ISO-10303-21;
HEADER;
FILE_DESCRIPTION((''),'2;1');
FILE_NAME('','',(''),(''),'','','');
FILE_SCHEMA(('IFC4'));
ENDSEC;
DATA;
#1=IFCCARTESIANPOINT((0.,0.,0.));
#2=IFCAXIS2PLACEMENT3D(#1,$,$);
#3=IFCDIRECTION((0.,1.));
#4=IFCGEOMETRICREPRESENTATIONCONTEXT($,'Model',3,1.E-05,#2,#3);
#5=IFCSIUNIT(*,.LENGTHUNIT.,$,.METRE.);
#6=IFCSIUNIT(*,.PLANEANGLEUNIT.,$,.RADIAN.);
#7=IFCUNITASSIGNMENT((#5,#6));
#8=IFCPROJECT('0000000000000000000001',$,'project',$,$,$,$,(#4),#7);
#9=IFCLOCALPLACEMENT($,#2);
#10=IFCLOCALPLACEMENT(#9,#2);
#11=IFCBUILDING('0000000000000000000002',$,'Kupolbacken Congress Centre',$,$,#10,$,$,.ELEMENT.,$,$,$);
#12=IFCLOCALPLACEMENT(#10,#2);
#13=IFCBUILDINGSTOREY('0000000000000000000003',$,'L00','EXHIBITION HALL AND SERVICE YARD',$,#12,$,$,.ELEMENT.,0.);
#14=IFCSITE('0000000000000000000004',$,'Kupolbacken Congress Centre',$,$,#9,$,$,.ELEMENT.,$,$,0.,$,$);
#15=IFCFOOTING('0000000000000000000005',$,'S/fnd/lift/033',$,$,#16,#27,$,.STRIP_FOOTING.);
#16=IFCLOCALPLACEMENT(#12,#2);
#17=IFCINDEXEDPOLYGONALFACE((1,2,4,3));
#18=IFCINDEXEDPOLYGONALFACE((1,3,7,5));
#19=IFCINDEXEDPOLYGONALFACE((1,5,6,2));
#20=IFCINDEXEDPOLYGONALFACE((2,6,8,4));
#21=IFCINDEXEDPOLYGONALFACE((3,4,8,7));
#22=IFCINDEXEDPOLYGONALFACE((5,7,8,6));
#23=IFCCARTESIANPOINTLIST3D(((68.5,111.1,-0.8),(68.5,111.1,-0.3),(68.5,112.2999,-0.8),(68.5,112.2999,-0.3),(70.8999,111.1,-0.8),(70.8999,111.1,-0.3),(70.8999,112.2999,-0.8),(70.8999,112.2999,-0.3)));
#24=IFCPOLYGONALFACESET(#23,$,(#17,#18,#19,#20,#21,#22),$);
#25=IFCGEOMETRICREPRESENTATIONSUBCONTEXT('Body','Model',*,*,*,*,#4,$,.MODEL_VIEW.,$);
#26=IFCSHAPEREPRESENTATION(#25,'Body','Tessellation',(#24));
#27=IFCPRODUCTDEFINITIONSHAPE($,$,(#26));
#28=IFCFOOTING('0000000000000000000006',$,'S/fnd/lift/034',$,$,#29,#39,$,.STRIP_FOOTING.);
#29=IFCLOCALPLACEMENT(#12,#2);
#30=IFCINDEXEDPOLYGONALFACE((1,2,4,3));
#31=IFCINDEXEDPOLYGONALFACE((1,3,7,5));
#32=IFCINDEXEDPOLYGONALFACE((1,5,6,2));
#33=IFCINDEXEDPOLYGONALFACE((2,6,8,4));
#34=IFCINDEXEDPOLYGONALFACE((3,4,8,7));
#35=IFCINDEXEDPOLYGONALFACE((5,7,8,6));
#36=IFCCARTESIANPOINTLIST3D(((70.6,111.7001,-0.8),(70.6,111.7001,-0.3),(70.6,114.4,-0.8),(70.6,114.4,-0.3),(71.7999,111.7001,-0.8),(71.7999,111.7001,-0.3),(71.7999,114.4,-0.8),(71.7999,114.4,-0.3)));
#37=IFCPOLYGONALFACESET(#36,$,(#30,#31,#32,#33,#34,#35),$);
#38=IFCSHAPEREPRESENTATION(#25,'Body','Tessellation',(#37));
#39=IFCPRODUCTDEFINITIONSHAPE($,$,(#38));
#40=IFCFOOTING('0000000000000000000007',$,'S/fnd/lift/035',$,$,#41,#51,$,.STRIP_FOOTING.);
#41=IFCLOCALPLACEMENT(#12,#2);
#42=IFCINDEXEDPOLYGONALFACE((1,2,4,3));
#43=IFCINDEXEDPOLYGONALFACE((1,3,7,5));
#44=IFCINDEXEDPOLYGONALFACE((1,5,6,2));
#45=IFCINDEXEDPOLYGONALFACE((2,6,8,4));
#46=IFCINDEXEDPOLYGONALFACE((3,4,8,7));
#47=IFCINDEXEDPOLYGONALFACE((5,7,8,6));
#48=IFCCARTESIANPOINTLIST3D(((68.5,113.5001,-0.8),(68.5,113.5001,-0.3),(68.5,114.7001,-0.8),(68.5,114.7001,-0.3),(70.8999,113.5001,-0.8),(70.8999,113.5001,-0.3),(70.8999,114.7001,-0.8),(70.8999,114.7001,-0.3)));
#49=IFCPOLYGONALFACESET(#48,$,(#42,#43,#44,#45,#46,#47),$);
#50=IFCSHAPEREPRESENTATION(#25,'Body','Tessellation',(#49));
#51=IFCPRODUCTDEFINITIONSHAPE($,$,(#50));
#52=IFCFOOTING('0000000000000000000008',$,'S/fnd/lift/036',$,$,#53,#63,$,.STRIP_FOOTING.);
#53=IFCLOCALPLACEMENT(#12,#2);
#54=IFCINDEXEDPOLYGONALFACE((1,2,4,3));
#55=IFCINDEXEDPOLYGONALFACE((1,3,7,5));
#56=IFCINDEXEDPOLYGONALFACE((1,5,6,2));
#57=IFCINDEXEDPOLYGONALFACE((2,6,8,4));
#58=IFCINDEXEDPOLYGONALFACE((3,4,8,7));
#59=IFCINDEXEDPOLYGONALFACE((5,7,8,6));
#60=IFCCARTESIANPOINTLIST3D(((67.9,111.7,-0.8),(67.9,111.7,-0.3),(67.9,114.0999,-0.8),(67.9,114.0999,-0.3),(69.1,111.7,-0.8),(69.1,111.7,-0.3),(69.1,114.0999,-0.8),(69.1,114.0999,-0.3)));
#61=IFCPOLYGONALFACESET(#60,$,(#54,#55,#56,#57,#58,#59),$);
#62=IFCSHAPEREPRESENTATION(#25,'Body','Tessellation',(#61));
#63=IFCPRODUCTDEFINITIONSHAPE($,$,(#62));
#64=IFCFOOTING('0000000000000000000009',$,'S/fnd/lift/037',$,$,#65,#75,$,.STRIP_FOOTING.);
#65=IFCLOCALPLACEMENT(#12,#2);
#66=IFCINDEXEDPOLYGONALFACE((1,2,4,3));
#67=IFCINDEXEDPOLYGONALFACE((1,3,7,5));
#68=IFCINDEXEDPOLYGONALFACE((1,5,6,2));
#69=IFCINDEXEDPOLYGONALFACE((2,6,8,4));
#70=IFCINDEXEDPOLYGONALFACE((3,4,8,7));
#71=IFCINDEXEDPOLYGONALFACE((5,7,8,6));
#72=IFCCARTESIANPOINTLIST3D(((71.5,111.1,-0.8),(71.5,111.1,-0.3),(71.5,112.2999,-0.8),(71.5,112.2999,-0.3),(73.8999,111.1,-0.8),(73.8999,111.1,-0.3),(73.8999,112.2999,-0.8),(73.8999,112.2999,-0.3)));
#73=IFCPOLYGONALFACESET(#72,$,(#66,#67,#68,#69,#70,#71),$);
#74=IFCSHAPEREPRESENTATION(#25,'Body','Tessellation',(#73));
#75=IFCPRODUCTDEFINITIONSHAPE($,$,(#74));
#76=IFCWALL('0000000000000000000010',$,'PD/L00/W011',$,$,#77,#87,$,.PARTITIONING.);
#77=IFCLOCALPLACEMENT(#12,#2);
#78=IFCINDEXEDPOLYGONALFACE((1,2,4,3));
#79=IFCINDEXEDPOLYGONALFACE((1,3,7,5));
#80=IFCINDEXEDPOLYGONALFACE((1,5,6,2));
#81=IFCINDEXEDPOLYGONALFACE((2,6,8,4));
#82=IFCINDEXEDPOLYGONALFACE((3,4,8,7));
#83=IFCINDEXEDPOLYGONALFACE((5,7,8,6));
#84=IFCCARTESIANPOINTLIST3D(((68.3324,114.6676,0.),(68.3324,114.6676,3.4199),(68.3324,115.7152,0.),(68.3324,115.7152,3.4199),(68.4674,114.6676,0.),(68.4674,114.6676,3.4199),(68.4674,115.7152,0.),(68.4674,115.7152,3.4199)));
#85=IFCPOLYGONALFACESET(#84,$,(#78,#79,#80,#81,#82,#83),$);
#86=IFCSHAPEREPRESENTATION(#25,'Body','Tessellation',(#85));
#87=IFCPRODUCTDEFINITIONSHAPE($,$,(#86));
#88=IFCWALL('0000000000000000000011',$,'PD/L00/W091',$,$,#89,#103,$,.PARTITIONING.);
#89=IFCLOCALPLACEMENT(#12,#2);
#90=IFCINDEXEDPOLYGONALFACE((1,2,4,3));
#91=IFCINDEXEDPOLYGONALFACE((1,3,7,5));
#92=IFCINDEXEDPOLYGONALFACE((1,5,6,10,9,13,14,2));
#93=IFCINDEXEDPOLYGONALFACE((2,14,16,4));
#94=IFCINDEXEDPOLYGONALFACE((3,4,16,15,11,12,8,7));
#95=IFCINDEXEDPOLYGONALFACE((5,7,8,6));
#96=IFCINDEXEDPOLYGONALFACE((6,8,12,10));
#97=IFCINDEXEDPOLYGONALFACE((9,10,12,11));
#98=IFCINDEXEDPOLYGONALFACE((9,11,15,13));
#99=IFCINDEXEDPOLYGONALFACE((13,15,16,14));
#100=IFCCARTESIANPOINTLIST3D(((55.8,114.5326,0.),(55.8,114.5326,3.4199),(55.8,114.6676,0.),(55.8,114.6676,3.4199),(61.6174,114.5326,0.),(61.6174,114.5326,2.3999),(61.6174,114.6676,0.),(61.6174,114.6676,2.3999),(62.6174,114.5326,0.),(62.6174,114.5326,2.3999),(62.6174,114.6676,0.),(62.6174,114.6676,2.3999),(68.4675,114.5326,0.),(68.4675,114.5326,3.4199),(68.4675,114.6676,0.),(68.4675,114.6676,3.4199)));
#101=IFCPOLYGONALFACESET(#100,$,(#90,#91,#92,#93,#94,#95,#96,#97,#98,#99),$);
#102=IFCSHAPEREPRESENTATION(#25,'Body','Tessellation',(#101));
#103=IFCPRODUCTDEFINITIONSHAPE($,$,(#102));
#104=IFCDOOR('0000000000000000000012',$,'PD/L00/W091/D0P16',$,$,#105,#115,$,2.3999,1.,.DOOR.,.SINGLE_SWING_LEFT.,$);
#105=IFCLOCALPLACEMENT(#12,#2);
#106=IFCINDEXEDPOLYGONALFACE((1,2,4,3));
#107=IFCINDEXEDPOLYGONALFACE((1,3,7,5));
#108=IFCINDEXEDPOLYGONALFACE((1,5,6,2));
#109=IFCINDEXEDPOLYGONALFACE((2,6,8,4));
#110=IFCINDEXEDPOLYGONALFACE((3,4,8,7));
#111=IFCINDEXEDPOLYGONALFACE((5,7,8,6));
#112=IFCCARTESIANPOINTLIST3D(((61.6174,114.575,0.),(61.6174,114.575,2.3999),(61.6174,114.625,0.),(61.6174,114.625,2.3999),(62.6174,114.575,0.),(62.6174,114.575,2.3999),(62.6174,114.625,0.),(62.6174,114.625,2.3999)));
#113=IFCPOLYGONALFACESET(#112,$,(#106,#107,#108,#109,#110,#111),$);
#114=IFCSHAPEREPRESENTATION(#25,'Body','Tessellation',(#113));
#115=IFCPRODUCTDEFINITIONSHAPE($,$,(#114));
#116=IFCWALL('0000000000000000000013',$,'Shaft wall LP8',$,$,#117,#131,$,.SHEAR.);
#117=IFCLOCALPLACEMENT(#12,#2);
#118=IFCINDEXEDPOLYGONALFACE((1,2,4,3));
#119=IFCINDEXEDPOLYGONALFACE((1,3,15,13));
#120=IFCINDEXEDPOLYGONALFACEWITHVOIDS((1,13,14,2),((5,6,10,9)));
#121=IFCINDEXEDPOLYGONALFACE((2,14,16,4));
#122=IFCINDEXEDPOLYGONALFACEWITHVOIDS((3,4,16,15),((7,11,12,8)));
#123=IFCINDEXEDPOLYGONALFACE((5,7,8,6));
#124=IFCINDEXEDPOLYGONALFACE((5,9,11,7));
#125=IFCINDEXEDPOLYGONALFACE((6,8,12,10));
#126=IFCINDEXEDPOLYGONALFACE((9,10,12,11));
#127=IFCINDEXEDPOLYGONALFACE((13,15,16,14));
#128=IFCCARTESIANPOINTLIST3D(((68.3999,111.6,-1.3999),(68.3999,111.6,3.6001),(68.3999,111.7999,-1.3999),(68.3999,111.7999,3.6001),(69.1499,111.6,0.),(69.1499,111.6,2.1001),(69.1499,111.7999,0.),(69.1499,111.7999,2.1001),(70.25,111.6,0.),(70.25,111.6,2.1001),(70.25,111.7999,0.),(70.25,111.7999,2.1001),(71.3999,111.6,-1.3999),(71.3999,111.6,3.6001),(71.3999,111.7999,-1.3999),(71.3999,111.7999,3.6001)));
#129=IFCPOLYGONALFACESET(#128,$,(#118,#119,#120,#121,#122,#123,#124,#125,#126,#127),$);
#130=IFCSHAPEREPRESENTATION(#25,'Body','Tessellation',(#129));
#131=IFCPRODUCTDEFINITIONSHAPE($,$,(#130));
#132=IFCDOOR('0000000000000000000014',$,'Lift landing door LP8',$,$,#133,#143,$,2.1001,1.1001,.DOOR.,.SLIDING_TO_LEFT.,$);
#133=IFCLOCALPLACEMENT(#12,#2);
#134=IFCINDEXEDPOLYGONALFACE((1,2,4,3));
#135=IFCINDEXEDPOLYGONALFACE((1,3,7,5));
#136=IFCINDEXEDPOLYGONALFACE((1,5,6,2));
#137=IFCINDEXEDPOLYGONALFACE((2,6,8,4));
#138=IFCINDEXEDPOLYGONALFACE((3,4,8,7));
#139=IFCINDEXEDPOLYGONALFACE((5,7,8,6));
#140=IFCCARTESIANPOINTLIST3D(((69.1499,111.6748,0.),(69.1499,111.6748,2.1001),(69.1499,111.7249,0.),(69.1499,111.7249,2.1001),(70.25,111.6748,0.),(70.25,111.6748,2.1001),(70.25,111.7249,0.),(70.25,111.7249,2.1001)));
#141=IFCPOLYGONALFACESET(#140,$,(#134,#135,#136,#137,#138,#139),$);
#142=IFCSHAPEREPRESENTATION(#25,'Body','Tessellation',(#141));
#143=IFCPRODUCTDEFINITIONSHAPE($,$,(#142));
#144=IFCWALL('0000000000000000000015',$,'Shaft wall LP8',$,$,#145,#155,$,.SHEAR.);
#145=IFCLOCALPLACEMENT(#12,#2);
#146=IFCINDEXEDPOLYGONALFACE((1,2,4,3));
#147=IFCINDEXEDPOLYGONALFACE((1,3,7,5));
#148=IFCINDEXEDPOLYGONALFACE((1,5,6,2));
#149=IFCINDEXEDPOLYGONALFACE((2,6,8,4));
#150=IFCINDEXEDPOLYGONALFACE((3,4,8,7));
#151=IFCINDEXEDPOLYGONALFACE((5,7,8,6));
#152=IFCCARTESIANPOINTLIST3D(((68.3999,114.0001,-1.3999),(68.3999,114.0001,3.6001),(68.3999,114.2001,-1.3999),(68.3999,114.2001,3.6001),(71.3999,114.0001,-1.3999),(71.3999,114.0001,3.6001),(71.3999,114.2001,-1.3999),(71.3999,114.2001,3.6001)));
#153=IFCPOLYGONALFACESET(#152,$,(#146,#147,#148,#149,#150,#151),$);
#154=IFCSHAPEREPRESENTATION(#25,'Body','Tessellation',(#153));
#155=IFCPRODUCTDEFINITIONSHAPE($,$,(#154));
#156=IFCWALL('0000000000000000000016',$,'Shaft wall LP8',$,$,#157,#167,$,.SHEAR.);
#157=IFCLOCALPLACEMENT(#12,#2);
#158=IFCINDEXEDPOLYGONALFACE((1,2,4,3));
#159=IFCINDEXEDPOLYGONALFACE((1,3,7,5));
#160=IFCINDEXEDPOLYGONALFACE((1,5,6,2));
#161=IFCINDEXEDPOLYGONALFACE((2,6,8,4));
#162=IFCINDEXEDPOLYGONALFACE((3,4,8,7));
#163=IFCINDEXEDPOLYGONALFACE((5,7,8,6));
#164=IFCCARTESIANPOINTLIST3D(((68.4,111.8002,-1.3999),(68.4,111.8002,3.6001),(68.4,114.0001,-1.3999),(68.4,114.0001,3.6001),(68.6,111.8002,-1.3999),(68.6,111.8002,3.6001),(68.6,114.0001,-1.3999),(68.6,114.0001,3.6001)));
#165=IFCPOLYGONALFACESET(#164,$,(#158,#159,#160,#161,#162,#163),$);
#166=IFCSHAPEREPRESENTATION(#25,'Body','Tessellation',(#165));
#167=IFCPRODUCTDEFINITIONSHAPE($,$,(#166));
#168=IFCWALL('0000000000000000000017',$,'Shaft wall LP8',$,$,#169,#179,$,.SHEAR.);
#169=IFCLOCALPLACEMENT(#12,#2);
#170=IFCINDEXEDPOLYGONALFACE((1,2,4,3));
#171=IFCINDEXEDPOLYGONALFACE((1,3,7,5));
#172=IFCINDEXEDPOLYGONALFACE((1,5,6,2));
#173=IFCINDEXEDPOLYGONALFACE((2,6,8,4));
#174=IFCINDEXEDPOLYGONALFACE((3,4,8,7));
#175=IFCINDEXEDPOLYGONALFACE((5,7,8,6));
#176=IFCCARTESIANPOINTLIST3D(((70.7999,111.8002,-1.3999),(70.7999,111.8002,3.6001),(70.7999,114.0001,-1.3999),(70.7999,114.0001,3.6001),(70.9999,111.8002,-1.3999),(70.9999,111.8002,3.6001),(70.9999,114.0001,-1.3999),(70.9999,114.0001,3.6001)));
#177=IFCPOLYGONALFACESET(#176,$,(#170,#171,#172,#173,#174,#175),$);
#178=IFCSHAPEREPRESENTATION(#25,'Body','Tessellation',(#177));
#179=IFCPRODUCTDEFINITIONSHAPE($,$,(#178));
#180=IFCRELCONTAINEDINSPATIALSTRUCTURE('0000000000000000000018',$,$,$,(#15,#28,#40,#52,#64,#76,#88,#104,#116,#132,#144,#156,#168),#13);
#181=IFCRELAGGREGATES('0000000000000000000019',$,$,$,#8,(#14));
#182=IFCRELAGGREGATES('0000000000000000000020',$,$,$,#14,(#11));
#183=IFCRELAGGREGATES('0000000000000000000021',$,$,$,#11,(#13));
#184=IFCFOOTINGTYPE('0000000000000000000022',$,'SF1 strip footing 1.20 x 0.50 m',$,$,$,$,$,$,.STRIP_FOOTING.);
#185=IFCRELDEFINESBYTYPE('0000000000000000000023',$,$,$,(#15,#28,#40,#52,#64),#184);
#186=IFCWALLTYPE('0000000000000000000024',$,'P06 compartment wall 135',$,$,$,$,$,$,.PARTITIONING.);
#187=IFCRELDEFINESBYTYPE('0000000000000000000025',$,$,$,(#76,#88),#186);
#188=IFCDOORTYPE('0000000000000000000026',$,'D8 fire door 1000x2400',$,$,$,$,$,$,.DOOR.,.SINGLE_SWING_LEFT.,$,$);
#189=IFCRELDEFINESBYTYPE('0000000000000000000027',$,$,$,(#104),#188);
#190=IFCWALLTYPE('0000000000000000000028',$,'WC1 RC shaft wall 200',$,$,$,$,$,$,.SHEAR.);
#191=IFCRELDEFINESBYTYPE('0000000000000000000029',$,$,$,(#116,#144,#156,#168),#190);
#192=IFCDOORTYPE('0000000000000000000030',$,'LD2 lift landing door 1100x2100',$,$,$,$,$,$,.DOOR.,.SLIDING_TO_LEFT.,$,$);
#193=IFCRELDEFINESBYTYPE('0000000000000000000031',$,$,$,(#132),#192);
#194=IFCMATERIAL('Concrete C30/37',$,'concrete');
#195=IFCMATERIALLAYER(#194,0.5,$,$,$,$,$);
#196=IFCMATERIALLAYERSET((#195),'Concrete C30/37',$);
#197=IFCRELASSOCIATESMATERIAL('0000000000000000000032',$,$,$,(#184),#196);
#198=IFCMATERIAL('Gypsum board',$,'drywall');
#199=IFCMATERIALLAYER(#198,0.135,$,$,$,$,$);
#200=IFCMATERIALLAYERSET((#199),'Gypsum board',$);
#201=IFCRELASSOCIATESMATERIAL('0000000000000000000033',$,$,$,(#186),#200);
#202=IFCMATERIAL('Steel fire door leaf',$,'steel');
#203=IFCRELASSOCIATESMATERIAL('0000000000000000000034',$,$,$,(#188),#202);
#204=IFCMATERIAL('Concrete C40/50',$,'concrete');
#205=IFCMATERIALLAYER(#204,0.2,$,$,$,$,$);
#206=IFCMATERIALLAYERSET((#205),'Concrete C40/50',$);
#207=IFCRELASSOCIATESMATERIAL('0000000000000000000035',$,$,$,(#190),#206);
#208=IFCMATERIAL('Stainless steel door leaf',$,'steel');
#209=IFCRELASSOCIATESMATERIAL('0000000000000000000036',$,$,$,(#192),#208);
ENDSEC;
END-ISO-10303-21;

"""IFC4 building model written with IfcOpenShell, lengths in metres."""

from ifc_helpers import new_model, si_unit, direction, frame, frame_2d, origin, origin_2d, place, context, subcontext, project, spatial, rectangle, extrude, material, layer, layer_set, type_object, element, fill, save


model = new_model("IFC4")

# Units and contexts
model_context = context("Model", 3, precision=1e-05, world=origin(), true_north=direction((0.0, 1.0)))
body_context = subcontext(model_context, "Body", "Model", "MODEL_VIEW")
ifc_project = project(units=[si_unit("LENGTHUNIT", "METRE"), si_unit("PLANEANGLEUNIT", "RADIAN")], contexts=[model_context])

# Site, building, storey
site_placement = place(None, origin())
site = spatial("IfcSite", under=ifc_project, at=site_placement, Name="Kupolbacken Congress Centre", CompositionType="ELEMENT", RefElevation=0.0)
building_placement = place(site_placement, origin())
building = spatial("IfcBuilding", under=site, at=building_placement, Name="Kupolbacken Congress Centre", CompositionType="ELEMENT")
storey_placement = place(building_placement, origin())
storey = spatial("IfcBuildingStorey", under=building, at=storey_placement, Name="L00", Description="EXHIBITION HALL AND SERVICE YARD", CompositionType="ELEMENT", Elevation=0.0)

# Footings
ifc_material_1 = material(Name="Concrete C30/37", Category="concrete")
ifc_layer_1 = layer(ifc_material_1, 0.5)
ifc_layer_set_1 = layer_set([ifc_layer_1], Name="Concrete C30/37")
footing_type = type_object("IfcFootingType", Name="SF1 strip footing 1.20 x 0.50 m", PredefinedType="STRIP_FOOTING", material=ifc_layer_set_1)
footing_1_placement = place(storey_placement, frame((69.7, 111.7, -0.8), z_axis=(0.0, 0.0, 1.0), x_axis=(1.0, 0.0, 0.0)))
element("IfcFooting", 1, at=footing_1_placement, inside=storey, type_object=footing_type, Name="S/fnd/lift/033", PredefinedType="STRIP_FOOTING", context=body_context, shape_type="SweptSolid", body=[
    extrude(rectangle(XDim=2.3999, YDim=1.2, at=origin_2d()), origin(), (0.0, 0.0, 1.0), 0.5),
])
footing_2_placement = place(storey_placement, frame((71.2, 113.05, -0.8), z_axis=(0.0, 0.0, 1.0), x_axis=(0.0, 1.0, 0.0)))
element("IfcFooting", 2, at=footing_2_placement, inside=storey, type_object=footing_type, Name="S/fnd/lift/034", PredefinedType="STRIP_FOOTING", context=body_context, shape_type="SweptSolid", body=[
    extrude(rectangle(XDim=2.7, YDim=1.2, at=origin_2d()), origin(), (0.0, 0.0, 1.0), 0.5),
])
for number, where, z_axis, x_axis, name in (
    (3, (69.7, 114.1001, -0.8), (0.0, 0.0, 1.0), (1.0, 0.0, 0.0), "S/fnd/lift/035"),
    (4, (68.5, 112.8999, -0.8), (0.0, 0.0, 1.0), (0.0, 1.0, 0.0), "S/fnd/lift/036"),
    (5, (72.7, 111.7, -0.8), (0.0, 0.0, 1.0), (1.0, 0.0, 0.0), "S/fnd/lift/037"),
):
    element("IfcFooting", number, at=place(storey_placement, frame(where, z_axis=z_axis, x_axis=x_axis)), inside=storey, type_object=footing_type, Name=name, PredefinedType="STRIP_FOOTING", context=body_context, shape_type="SweptSolid", body=[
        extrude(rectangle(XDim=2.3999, YDim=1.2, at=origin_2d()), origin(), (0.0, 0.0, 1.0), 0.5),
    ])

# Wall
ifc_material_2 = material(Name="Gypsum board", Category="drywall")
ifc_layer_2 = layer(ifc_material_2, 0.135)
ifc_layer_set_2 = layer_set([ifc_layer_2], Name="Gypsum board")
wall_type_1 = type_object("IfcWallType", Name="P06 compartment wall 135", PredefinedType="PARTITIONING", material=ifc_layer_set_2)
wall_1_placement = place(storey_placement, frame((68.3999, 114.6675, 0.0), z_axis=(0.0, 0.0, 1.0), x_axis=(0.0, 1.0, 0.0)))
element("IfcWall", 6, at=wall_1_placement, inside=storey, type_object=wall_type_1, Name="PD/L00/W011", PredefinedType="PARTITIONING", context=body_context, shape_type="SweptSolid", body=[
    extrude(rectangle(XDim=1.0476, YDim=0.135, at=frame_2d((0.5239, 0.0))), origin(), (0.0, 0.0, 1.0), 3.4199),
])

# Walls, openings, doors
wall_2_placement = place(storey_placement, frame((68.4675, 114.6001, 0.0), z_axis=(0.0, 0.0, 1.0), x_axis=(-1.0, 0.0, 0.0)))
wall_2 = element("IfcWall", 7, at=wall_2_placement, inside=storey, type_object=wall_type_1, Name="PD/L00/W091", PredefinedType="PARTITIONING", context=body_context, shape_type="SweptSolid", body=[
    extrude(rectangle(XDim=12.6675, YDim=0.135, at=frame_2d((6.3337, 0.0))), origin(), (0.0, 0.0, 1.0), 3.4199),
])
opening_1_placement = place(wall_2_placement, frame((5.8501, 0.0, 0.0)))
opening_1 = element("IfcOpeningElement", 8, at=opening_1_placement, cuts=wall_2, PredefinedType="OPENING", context=body_context, shape_type="SweptSolid", body=[
    extrude(rectangle(XDim=1.0, YDim=2.3999, at=frame_2d((0.5, 1.2))), frame((0.0, 0.0774, 0.0), z_axis=(0.0, -1.0, 0.0), x_axis=(1.0, 0.0, 0.0)), (0.0, 0.0, 1.0), 0.155),
])
ifc_material_3 = material(Name="Steel fire door leaf", Category="steel")
door_type_1 = type_object("IfcDoorType", Name="D8 fire door 1000x2400", OperationType="SINGLE_SWING_LEFT", PredefinedType="DOOR", material=ifc_material_3)
door_1_placement = place(opening_1_placement, frame((1.0, 0.0, 0.0), z_axis=(0.0, 0.0, 1.0), x_axis=(-1.0, 0.0, 0.0)))
door_1 = element("IfcDoor", 9, at=door_1_placement, inside=storey, type_object=door_type_1, Name="PD/L00/W091/D0P16", OperationType="SINGLE_SWING_LEFT", OverallHeight=2.3999, OverallWidth=1.0, PredefinedType="DOOR", context=body_context, shape_type="SweptSolid", body=[
    extrude(rectangle(XDim=1.0, YDim=2.3999, at=frame_2d((0.5, 1.2))), frame((0.0, 0.0249, 0.0), z_axis=(0.0, -1.0, 0.0), x_axis=(1.0, 0.0, 0.0)), (0.0, 0.0, 1.0), 0.05),
])
fill(opening_1, door_1)
ifc_material_4 = material(Name="Concrete C40/50", Category="concrete")
ifc_layer_3 = layer(ifc_material_4, 0.2)
ifc_layer_set_3 = layer_set([ifc_layer_3], Name="Concrete C40/50")
wall_type_2 = type_object("IfcWallType", Name="WC1 RC shaft wall 200", PredefinedType="SHEAR", material=ifc_layer_set_3)
wall_3_placement = place(storey_placement, frame((68.3999, 111.7, -1.3999), z_axis=(0.0, 0.0, 1.0), x_axis=(1.0, 0.0, 0.0)))
wall_3 = element("IfcWall", 10, at=wall_3_placement, inside=storey, type_object=wall_type_2, Name="Shaft wall LP8", PredefinedType="SHEAR", context=body_context, shape_type="SweptSolid", body=[
    extrude(rectangle(XDim=3.0, YDim=0.2, at=frame_2d((1.5, 0.0))), origin(), (0.0, 0.0, 1.0), 5.0),
])
opening_2_placement = place(wall_3_placement, frame((0.75, 0.0, 1.3999)))
opening_2 = element("IfcOpeningElement", 11, at=opening_2_placement, cuts=wall_3, PredefinedType="OPENING", context=body_context, shape_type="SweptSolid", body=[
    extrude(rectangle(XDim=1.1001, YDim=2.1001, at=frame_2d((0.55, 1.05))), frame((0.0, 0.1099, 0.0), z_axis=(0.0, -1.0, 0.0), x_axis=(1.0, 0.0, 0.0)), (0.0, 0.0, 1.0), 0.22),
])
ifc_material_5 = material(Name="Stainless steel door leaf", Category="steel")
door_type_2 = type_object("IfcDoorType", Name="LD2 lift landing door 1100x2100", OperationType="SLIDING_TO_LEFT", PredefinedType="DOOR", material=ifc_material_5)
door_2_placement = place(opening_2_placement, origin())
door_2 = element("IfcDoor", 12, at=door_2_placement, inside=storey, type_object=door_type_2, Name="Lift landing door LP8", OperationType="SLIDING_TO_LEFT", OverallHeight=2.1001, OverallWidth=1.1001, PredefinedType="DOOR", context=body_context, shape_type="SweptSolid", body=[
    extrude(rectangle(XDim=1.1001, YDim=2.1001, at=frame_2d((0.55, 1.05))), frame((0.0, 0.0249, 0.0), z_axis=(0.0, -1.0, 0.0), x_axis=(1.0, 0.0, 0.0)), (0.0, 0.0, 1.0), 0.05),
])
fill(opening_2, door_2)

# Walls
wall_4_placement = place(storey_placement, frame((68.3999, 114.1001, -1.3999), z_axis=(0.0, 0.0, 1.0), x_axis=(1.0, 0.0, 0.0)))
element("IfcWall", 13, at=wall_4_placement, inside=storey, type_object=wall_type_2, Name="Shaft wall LP8", PredefinedType="SHEAR", context=body_context, shape_type="SweptSolid", body=[
    extrude(rectangle(XDim=3.0, YDim=0.2, at=frame_2d((1.5, 0.0))), origin(), (0.0, 0.0, 1.0), 5.0),
])
for number, where, z_axis, x_axis, name in (
    (14, (68.5, 111.8, -1.3999), (0.0, 0.0, 1.0), (0.0, 1.0, 0.0), "Shaft wall LP8"),
    (15, (70.8999, 111.8, -1.3999), (0.0, 0.0, 1.0), (0.0, 1.0, 0.0), "Shaft wall LP8"),
):
    element("IfcWall", number, at=place(storey_placement, frame(where, z_axis=z_axis, x_axis=x_axis)), inside=storey, type_object=wall_type_2, Name=name, PredefinedType="SHEAR", context=body_context, shape_type="SweptSolid", body=[
        extrude(rectangle(XDim=2.2, YDim=0.2, at=frame_2d((1.1001, 0.0))), origin(), (0.0, 0.0, 1.0), 5.0),
    ])

save(model, "model.ifc")
